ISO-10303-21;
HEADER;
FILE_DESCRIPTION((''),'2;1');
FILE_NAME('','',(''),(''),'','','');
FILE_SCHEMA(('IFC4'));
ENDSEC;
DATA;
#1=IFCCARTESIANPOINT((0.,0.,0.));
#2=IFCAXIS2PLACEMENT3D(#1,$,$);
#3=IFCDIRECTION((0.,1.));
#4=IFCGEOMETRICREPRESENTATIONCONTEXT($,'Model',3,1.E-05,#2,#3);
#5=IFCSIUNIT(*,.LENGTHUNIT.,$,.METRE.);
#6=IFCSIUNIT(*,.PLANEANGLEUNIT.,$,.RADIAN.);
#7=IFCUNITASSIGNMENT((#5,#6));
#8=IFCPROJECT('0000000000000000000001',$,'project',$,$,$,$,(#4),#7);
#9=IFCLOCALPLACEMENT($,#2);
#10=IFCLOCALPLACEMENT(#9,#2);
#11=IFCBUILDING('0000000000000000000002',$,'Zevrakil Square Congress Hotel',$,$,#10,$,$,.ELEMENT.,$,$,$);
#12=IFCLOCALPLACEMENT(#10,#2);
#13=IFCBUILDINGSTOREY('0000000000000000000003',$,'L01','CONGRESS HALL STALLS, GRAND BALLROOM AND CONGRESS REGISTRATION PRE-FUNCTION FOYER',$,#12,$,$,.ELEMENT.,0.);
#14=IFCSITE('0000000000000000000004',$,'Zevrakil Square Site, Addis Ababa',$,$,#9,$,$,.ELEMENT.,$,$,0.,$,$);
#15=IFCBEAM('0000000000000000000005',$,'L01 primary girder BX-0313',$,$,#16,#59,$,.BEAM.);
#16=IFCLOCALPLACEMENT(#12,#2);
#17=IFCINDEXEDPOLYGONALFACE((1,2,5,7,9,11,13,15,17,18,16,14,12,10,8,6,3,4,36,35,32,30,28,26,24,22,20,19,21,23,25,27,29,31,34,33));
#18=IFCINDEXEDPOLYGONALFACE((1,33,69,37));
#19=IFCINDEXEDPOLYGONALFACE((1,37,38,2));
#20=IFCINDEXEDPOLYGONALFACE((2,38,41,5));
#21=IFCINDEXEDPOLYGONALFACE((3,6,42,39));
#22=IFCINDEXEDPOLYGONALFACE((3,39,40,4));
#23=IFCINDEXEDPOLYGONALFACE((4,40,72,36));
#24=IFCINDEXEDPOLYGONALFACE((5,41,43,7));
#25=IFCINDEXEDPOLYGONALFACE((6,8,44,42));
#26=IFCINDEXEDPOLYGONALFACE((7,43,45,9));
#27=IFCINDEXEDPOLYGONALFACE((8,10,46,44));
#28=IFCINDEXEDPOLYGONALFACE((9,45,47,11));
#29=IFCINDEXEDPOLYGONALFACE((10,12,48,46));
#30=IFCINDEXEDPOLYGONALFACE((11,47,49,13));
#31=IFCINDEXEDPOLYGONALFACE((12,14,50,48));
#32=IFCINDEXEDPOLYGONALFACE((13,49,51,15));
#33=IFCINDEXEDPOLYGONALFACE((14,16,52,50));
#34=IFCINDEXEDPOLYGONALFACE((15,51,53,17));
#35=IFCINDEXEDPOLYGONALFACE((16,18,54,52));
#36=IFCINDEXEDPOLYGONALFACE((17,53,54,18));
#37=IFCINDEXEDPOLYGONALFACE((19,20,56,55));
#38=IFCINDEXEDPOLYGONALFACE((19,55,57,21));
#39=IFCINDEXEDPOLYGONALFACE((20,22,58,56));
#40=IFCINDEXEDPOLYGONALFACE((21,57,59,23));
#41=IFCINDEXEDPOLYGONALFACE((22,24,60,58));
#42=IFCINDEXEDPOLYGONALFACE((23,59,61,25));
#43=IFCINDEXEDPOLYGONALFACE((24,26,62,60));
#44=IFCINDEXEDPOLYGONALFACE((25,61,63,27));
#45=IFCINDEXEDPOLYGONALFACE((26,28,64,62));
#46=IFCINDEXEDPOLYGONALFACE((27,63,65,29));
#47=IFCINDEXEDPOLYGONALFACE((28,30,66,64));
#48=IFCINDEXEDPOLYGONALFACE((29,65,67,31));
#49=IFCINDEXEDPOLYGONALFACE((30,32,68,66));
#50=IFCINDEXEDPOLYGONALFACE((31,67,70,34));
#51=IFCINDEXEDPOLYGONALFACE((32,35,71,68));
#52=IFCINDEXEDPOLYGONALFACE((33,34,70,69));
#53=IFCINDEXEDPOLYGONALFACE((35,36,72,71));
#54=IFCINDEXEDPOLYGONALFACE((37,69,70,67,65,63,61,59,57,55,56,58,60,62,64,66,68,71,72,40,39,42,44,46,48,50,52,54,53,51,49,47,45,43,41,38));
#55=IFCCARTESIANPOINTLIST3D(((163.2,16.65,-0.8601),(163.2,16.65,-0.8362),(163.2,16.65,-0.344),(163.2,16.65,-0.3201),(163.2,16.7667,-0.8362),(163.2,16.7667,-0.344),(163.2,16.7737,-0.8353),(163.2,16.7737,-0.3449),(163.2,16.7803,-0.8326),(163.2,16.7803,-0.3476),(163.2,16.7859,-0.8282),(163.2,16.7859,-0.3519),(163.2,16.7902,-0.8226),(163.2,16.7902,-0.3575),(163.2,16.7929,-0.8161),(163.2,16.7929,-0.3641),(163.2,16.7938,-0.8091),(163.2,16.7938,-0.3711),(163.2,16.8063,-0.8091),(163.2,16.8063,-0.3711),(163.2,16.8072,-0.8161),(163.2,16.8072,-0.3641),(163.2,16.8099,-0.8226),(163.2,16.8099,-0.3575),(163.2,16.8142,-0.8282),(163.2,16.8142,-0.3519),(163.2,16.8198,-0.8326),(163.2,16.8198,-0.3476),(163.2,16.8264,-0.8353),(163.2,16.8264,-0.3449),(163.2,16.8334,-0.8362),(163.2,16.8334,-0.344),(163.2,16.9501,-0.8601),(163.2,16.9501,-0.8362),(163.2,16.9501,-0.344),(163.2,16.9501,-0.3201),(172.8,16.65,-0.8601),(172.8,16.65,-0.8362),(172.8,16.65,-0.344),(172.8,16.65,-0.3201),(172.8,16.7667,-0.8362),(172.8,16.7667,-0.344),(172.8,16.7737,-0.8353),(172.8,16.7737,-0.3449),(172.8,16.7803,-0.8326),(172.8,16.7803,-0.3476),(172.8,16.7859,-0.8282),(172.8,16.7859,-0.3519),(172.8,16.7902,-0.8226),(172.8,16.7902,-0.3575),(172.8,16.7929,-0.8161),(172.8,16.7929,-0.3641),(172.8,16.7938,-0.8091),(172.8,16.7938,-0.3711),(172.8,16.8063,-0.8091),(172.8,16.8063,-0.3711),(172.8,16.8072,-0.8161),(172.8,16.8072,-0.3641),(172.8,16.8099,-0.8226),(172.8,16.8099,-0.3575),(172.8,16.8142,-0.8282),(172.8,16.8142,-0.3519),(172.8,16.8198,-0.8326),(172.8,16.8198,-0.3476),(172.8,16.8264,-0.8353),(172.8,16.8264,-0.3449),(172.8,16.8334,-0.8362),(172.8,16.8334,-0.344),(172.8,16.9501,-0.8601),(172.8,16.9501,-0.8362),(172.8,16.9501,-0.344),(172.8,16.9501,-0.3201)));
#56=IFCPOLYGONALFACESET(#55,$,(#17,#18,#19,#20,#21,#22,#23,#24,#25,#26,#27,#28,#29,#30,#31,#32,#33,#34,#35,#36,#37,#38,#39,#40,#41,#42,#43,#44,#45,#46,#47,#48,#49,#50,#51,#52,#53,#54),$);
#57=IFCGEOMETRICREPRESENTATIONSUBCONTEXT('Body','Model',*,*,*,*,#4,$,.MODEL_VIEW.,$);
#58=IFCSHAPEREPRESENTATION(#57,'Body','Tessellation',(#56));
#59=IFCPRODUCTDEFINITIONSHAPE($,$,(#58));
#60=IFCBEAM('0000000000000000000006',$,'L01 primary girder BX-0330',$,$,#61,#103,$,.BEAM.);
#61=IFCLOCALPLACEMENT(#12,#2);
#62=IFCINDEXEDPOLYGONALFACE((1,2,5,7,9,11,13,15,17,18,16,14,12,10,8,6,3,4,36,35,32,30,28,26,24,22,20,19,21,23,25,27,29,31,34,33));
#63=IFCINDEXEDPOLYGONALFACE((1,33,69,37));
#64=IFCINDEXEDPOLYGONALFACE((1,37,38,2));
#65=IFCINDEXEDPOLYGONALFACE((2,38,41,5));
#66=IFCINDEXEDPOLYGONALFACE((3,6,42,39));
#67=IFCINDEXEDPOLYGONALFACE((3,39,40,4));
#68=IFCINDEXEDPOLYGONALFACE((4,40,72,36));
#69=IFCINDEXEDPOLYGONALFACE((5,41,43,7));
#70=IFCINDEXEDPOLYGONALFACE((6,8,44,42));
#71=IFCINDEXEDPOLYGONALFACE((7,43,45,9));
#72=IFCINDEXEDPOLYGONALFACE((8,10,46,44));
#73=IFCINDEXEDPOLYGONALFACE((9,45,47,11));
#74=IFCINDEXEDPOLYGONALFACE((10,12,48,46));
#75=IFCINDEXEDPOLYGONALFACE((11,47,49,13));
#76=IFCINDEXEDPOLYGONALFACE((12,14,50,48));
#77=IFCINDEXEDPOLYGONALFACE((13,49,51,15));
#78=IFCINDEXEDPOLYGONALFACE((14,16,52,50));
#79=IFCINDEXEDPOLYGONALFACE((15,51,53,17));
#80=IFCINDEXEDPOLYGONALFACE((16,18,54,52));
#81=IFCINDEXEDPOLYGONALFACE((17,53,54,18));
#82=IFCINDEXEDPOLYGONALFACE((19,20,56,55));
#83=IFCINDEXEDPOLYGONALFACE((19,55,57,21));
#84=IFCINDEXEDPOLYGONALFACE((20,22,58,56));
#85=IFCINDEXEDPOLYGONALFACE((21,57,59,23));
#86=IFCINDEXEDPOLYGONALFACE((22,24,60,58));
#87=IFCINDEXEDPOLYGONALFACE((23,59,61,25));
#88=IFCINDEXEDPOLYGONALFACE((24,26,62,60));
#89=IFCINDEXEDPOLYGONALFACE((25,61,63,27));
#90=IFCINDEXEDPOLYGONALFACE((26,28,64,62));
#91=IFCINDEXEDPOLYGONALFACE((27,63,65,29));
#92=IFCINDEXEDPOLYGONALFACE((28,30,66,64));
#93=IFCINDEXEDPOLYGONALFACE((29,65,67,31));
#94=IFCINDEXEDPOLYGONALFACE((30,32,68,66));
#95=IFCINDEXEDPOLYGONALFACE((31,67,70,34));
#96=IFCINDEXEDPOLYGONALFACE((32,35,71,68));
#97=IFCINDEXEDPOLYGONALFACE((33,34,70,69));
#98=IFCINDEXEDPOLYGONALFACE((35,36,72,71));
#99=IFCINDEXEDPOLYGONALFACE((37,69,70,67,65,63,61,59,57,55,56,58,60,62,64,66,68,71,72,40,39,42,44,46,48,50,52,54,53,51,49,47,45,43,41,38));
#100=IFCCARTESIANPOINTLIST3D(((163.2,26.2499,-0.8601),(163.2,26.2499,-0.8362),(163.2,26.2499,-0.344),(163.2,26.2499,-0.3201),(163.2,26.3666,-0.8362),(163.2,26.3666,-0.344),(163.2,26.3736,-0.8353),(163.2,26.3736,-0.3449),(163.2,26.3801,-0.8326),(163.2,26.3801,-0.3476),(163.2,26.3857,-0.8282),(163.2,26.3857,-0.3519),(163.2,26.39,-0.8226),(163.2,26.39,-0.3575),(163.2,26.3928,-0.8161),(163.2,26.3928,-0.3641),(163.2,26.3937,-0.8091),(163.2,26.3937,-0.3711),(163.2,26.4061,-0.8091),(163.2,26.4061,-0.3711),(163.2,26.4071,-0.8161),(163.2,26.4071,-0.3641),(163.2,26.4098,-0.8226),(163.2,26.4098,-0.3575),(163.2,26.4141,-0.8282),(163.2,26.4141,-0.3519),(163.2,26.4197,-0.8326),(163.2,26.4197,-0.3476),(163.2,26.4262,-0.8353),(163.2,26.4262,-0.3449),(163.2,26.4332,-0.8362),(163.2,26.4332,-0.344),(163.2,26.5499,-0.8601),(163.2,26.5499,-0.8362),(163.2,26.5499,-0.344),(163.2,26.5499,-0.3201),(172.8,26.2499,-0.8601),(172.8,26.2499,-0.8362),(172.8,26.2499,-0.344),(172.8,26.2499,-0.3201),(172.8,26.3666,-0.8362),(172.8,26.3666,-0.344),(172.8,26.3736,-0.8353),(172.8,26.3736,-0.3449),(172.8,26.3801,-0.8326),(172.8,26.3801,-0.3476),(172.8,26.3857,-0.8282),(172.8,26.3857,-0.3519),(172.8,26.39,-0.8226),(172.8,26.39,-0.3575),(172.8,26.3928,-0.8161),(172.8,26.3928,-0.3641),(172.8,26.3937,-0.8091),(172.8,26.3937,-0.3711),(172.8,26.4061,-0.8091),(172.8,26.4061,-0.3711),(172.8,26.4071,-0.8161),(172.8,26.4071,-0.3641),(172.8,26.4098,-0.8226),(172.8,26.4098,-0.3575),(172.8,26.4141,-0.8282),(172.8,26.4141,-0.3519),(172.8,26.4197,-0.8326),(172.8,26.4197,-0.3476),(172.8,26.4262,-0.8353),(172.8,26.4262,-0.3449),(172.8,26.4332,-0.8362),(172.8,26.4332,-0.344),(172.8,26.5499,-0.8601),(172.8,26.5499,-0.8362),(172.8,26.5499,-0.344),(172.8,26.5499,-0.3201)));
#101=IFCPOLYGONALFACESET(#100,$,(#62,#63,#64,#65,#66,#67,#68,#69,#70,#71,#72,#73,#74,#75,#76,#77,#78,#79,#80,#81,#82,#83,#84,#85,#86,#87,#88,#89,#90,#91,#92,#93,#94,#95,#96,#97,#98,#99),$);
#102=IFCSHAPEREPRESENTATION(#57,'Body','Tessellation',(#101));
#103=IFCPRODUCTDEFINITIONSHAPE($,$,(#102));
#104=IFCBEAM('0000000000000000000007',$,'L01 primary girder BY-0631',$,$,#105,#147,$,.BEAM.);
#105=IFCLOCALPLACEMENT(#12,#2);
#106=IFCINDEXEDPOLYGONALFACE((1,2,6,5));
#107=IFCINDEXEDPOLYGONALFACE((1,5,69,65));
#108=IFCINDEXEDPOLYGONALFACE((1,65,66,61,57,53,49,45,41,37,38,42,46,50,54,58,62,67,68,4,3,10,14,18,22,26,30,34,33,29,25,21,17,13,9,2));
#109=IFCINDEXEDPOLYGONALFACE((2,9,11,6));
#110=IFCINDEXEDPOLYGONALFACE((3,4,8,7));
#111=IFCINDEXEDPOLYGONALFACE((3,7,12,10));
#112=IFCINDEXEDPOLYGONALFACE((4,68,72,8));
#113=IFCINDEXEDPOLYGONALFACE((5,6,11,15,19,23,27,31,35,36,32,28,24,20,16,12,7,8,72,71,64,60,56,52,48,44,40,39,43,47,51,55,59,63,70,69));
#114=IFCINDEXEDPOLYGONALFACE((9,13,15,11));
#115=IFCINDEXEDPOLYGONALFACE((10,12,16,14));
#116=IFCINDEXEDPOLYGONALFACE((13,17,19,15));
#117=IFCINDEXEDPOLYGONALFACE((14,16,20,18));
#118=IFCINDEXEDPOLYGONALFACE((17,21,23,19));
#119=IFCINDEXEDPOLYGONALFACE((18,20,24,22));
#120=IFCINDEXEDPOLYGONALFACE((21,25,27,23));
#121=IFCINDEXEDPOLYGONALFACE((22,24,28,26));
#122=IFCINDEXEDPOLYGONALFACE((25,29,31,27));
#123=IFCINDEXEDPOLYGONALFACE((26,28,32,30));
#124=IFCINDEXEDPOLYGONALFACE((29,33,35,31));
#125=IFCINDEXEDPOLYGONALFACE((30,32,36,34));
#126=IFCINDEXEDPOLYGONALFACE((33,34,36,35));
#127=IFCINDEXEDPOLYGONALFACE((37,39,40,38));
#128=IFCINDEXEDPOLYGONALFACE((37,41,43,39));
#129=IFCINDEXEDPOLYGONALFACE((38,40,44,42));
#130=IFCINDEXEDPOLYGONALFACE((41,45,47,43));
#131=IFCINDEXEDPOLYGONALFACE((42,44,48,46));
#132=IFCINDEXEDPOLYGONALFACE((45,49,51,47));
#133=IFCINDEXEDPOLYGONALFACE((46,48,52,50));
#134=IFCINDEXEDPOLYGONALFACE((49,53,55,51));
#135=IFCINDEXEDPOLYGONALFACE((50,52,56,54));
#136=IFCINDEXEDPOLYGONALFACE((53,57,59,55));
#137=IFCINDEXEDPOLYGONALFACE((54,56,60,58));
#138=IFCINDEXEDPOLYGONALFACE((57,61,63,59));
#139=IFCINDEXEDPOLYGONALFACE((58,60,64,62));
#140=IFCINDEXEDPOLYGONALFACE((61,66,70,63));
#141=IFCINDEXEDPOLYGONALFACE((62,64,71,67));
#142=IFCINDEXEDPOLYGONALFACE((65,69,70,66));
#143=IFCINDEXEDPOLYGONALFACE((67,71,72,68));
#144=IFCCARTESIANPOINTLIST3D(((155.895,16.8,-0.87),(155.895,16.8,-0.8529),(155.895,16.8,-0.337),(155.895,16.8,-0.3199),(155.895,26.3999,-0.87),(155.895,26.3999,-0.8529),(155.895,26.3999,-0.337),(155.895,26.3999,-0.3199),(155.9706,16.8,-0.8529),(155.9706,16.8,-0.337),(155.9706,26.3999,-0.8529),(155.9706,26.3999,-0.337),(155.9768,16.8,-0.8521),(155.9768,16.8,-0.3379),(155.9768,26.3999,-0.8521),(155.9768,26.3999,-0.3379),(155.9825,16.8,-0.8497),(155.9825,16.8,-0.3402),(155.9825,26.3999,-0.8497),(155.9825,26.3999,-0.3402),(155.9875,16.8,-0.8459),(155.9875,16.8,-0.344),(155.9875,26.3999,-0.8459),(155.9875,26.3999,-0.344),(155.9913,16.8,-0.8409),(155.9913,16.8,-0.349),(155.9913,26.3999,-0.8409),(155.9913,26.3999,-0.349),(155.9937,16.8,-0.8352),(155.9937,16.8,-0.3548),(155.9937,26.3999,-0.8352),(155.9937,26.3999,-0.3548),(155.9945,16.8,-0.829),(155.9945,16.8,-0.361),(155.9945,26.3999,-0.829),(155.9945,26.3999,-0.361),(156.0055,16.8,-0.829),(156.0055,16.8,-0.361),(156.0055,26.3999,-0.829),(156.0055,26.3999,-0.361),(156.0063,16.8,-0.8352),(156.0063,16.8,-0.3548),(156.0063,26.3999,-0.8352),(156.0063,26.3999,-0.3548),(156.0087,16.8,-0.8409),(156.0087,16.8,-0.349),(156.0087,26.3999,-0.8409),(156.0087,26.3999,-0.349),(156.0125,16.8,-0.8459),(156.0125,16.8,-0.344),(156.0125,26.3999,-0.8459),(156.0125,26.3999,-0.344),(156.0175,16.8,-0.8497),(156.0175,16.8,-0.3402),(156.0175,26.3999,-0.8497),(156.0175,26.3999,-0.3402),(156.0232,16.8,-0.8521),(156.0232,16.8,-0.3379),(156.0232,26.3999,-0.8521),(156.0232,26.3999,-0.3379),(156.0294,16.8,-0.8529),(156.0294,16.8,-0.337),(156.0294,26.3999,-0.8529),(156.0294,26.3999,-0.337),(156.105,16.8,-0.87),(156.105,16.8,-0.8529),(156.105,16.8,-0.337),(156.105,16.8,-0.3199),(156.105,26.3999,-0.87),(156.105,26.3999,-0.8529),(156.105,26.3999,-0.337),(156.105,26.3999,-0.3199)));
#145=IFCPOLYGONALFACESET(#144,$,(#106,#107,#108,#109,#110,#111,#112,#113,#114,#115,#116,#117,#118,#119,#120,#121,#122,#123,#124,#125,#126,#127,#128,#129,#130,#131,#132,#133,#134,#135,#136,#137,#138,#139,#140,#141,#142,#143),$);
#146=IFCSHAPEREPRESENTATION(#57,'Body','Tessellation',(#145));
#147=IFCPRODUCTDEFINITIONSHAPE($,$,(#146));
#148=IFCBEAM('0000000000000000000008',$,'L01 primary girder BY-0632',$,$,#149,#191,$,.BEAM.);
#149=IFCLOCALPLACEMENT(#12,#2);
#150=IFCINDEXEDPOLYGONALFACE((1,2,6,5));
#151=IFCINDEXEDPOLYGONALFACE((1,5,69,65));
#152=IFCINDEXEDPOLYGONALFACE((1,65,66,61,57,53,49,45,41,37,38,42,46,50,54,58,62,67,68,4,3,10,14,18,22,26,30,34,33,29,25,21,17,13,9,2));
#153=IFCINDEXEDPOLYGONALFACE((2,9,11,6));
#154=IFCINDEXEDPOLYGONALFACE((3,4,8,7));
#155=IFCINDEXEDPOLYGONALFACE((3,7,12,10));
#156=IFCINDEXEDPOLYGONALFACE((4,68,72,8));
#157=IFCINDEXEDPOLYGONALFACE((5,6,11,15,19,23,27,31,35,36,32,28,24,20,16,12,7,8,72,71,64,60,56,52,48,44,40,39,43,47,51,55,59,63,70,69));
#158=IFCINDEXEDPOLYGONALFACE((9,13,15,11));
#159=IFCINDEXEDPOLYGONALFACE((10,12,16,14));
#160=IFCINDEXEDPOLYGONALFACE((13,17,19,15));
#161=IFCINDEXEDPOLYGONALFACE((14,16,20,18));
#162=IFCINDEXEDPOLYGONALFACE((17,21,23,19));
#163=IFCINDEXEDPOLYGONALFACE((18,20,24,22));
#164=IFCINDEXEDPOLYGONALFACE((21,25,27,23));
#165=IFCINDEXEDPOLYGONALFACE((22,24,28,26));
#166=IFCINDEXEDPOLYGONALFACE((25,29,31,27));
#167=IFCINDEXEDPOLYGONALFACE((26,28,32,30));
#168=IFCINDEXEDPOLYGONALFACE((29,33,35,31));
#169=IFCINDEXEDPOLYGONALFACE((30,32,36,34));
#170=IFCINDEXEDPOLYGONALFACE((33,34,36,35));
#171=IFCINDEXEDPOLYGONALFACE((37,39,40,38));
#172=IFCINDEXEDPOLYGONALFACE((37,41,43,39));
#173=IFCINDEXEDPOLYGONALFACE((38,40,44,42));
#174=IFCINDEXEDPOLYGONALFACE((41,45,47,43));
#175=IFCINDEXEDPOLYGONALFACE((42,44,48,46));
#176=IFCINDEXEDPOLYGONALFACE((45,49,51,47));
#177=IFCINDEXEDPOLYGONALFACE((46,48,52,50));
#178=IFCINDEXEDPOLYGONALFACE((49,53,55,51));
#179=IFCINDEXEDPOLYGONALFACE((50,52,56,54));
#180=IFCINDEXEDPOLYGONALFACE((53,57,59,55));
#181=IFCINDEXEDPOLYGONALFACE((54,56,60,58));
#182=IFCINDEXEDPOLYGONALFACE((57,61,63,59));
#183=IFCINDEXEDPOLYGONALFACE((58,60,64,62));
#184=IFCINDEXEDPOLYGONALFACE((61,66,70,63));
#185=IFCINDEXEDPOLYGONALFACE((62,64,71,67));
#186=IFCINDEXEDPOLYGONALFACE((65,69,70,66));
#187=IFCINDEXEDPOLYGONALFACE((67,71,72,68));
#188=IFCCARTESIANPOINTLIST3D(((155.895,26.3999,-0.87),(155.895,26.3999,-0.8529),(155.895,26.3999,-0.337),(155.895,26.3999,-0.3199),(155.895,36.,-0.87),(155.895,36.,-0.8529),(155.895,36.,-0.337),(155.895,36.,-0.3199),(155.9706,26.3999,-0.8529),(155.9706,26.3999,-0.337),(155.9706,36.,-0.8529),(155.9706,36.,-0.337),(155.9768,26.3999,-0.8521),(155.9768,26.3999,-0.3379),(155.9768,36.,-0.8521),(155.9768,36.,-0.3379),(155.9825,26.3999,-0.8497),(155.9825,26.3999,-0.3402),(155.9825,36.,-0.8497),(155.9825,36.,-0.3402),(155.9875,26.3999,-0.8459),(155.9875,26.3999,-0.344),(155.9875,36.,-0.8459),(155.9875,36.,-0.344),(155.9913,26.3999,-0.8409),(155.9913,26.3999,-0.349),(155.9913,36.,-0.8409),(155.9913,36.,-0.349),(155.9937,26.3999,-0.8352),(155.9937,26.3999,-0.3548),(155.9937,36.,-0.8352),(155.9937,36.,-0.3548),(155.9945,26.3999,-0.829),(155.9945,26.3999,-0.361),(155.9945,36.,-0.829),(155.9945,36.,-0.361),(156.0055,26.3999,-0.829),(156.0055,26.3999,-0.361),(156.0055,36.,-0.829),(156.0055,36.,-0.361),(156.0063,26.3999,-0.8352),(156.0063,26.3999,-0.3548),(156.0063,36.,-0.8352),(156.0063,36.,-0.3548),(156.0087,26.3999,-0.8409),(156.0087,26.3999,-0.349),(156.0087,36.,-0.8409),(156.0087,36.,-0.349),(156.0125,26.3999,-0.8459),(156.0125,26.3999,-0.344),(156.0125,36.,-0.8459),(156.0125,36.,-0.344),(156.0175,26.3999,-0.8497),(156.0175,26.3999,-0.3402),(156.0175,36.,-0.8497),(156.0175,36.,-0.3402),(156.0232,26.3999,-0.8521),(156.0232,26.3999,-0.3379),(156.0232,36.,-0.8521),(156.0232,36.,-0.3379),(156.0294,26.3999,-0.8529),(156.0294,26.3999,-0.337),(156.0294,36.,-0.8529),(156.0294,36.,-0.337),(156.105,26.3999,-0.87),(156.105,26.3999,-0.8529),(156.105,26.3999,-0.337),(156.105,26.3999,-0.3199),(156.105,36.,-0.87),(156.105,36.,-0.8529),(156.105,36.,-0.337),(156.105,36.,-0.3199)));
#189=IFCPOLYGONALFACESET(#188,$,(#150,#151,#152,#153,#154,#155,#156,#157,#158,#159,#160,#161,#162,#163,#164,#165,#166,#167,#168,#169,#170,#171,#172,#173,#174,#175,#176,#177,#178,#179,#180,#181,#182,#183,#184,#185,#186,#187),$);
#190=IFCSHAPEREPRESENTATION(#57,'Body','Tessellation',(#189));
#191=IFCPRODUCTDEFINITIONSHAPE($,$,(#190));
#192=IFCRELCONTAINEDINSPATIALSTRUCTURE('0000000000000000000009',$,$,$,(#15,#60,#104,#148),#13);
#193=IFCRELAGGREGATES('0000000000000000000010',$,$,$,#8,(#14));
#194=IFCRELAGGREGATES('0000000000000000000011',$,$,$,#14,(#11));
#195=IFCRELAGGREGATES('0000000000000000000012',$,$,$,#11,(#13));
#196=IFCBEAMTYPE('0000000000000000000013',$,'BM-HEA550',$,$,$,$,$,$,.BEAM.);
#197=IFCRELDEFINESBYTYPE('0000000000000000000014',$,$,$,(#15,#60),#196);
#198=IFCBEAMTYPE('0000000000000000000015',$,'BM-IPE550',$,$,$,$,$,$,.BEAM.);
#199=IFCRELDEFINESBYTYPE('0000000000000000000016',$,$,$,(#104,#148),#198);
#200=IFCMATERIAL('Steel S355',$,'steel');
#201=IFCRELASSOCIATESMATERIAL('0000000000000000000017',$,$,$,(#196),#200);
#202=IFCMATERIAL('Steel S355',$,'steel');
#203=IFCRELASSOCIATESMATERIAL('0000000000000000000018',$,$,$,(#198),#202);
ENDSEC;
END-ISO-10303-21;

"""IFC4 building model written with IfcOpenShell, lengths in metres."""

from ifc_helpers import new_model, si_unit, direction, frame, origin, origin_2d, place, context, subcontext, project, spatial, i_section, extrude, material, material_profile, profile_set, type_object, element, save


model = new_model("IFC4")

# Units and contexts
model_context = context("Model", 3, precision=1e-05, world=origin(), true_north=direction((0.0, 1.0)))
body_context = subcontext(model_context, "Body", "Model", "MODEL_VIEW")
ifc_project = project(units=[si_unit("LENGTHUNIT", "METRE"), si_unit("PLANEANGLEUNIT", "RADIAN")], contexts=[model_context])

# Site, building, storey
site_placement = place(None, origin())
site = spatial("IfcSite", under=ifc_project, at=site_placement, Name="Zevrakil Square Site, Addis Ababa", CompositionType="ELEMENT", RefElevation=0.0)
building_placement = place(site_placement, origin())
building = spatial("IfcBuilding", under=site, at=building_placement, Name="Zevrakil Square Congress Hotel", CompositionType="ELEMENT")
storey_placement = place(building_placement, origin())
storey = spatial("IfcBuildingStorey", under=building, at=storey_placement, Name="L01", Description="CONGRESS HALL STALLS, GRAND BALLROOM AND CONGRESS REGISTRATION PRE-FUNCTION FOYER", CompositionType="ELEMENT", Elevation=0.0)

# Beams
ifc_material_1 = material(Name="Steel S355", Category="steel")
ifc_material_profile_1 = material_profile(ifc_material_1, i_section(OverallWidth=0.3, OverallDepth=0.54, WebThickness=0.0125, FlangeThickness=0.0239, FilletRadius=0.0271, at=origin_2d()), Name="HEA 550")
ifc_profile_set_1 = profile_set([ifc_material_profile_1], Name="Steel S355")
beam_type_1 = type_object("IfcBeamType", Name="BM-HEA550", PredefinedType="BEAM", material=ifc_profile_set_1)
for number, where, z_axis, x_axis, name in (
    (1, (163.2, 16.8, -0.5901), (1.0, 0.0, 0.0), (0.0, 1.0, 0.0), "L01 primary girder BX-0313"),
    (2, (163.2, 26.3999, -0.5901), (1.0, 0.0, 0.0), (0.0, 1.0, 0.0), "L01 primary girder BX-0330"),
):
    element("IfcBeam", number, at=place(storey_placement, frame(where, z_axis=z_axis, x_axis=x_axis)), inside=storey, type_object=beam_type_1, Name=name, PredefinedType="BEAM", context=body_context, shape_type="SweptSolid", body=[
        extrude(i_section(OverallWidth=0.3, OverallDepth=0.54, WebThickness=0.0125, FlangeThickness=0.0239, FilletRadius=0.0271, at=origin_2d()), origin(), (0.0, 0.0, 1.0), 9.6001),
    ])
ifc_material_2 = material(Name="Steel S355", Category="steel")
ifc_material_profile_2 = material_profile(ifc_material_2, i_section(OverallWidth=0.21, OverallDepth=0.55, WebThickness=0.011, FlangeThickness=0.0171, FilletRadius=0.0239, at=origin_2d()), Name="IPE 550")
ifc_profile_set_2 = profile_set([ifc_material_profile_2], Name="Steel S355")
beam_type_2 = type_object("IfcBeamType", Name="BM-IPE550", PredefinedType="BEAM", material=ifc_profile_set_2)
beam_1_placement = place(storey_placement, frame((156.0, 16.8, -0.595), z_axis=(0.0, 1.0, 0.0), x_axis=(-1.0, 0.0, 0.0)))
element("IfcBeam", 3, at=beam_1_placement, inside=storey, type_object=beam_type_2, Name="L01 primary girder BY-0631", PredefinedType="BEAM", context=body_context, shape_type="SweptSolid", body=[
    extrude(i_section(OverallWidth=0.21, OverallDepth=0.55, WebThickness=0.011, FlangeThickness=0.0171, FilletRadius=0.0239, at=origin_2d()), origin(), (0.0, 0.0, 1.0), 9.5999),
])
beam_2_placement = place(storey_placement, frame((156.0, 26.3999, -0.595), z_axis=(0.0, 1.0, 0.0), x_axis=(-1.0, 0.0, 0.0)))
element("IfcBeam", 4, at=beam_2_placement, inside=storey, type_object=beam_type_2, Name="L01 primary girder BY-0632", PredefinedType="BEAM", context=body_context, shape_type="SweptSolid", body=[
    extrude(i_section(OverallWidth=0.21, OverallDepth=0.55, WebThickness=0.011, FlangeThickness=0.0171, FilletRadius=0.0239, at=origin_2d()), origin(), (0.0, 0.0, 1.0), 9.6001),
])

save(model, "model.ifc")
